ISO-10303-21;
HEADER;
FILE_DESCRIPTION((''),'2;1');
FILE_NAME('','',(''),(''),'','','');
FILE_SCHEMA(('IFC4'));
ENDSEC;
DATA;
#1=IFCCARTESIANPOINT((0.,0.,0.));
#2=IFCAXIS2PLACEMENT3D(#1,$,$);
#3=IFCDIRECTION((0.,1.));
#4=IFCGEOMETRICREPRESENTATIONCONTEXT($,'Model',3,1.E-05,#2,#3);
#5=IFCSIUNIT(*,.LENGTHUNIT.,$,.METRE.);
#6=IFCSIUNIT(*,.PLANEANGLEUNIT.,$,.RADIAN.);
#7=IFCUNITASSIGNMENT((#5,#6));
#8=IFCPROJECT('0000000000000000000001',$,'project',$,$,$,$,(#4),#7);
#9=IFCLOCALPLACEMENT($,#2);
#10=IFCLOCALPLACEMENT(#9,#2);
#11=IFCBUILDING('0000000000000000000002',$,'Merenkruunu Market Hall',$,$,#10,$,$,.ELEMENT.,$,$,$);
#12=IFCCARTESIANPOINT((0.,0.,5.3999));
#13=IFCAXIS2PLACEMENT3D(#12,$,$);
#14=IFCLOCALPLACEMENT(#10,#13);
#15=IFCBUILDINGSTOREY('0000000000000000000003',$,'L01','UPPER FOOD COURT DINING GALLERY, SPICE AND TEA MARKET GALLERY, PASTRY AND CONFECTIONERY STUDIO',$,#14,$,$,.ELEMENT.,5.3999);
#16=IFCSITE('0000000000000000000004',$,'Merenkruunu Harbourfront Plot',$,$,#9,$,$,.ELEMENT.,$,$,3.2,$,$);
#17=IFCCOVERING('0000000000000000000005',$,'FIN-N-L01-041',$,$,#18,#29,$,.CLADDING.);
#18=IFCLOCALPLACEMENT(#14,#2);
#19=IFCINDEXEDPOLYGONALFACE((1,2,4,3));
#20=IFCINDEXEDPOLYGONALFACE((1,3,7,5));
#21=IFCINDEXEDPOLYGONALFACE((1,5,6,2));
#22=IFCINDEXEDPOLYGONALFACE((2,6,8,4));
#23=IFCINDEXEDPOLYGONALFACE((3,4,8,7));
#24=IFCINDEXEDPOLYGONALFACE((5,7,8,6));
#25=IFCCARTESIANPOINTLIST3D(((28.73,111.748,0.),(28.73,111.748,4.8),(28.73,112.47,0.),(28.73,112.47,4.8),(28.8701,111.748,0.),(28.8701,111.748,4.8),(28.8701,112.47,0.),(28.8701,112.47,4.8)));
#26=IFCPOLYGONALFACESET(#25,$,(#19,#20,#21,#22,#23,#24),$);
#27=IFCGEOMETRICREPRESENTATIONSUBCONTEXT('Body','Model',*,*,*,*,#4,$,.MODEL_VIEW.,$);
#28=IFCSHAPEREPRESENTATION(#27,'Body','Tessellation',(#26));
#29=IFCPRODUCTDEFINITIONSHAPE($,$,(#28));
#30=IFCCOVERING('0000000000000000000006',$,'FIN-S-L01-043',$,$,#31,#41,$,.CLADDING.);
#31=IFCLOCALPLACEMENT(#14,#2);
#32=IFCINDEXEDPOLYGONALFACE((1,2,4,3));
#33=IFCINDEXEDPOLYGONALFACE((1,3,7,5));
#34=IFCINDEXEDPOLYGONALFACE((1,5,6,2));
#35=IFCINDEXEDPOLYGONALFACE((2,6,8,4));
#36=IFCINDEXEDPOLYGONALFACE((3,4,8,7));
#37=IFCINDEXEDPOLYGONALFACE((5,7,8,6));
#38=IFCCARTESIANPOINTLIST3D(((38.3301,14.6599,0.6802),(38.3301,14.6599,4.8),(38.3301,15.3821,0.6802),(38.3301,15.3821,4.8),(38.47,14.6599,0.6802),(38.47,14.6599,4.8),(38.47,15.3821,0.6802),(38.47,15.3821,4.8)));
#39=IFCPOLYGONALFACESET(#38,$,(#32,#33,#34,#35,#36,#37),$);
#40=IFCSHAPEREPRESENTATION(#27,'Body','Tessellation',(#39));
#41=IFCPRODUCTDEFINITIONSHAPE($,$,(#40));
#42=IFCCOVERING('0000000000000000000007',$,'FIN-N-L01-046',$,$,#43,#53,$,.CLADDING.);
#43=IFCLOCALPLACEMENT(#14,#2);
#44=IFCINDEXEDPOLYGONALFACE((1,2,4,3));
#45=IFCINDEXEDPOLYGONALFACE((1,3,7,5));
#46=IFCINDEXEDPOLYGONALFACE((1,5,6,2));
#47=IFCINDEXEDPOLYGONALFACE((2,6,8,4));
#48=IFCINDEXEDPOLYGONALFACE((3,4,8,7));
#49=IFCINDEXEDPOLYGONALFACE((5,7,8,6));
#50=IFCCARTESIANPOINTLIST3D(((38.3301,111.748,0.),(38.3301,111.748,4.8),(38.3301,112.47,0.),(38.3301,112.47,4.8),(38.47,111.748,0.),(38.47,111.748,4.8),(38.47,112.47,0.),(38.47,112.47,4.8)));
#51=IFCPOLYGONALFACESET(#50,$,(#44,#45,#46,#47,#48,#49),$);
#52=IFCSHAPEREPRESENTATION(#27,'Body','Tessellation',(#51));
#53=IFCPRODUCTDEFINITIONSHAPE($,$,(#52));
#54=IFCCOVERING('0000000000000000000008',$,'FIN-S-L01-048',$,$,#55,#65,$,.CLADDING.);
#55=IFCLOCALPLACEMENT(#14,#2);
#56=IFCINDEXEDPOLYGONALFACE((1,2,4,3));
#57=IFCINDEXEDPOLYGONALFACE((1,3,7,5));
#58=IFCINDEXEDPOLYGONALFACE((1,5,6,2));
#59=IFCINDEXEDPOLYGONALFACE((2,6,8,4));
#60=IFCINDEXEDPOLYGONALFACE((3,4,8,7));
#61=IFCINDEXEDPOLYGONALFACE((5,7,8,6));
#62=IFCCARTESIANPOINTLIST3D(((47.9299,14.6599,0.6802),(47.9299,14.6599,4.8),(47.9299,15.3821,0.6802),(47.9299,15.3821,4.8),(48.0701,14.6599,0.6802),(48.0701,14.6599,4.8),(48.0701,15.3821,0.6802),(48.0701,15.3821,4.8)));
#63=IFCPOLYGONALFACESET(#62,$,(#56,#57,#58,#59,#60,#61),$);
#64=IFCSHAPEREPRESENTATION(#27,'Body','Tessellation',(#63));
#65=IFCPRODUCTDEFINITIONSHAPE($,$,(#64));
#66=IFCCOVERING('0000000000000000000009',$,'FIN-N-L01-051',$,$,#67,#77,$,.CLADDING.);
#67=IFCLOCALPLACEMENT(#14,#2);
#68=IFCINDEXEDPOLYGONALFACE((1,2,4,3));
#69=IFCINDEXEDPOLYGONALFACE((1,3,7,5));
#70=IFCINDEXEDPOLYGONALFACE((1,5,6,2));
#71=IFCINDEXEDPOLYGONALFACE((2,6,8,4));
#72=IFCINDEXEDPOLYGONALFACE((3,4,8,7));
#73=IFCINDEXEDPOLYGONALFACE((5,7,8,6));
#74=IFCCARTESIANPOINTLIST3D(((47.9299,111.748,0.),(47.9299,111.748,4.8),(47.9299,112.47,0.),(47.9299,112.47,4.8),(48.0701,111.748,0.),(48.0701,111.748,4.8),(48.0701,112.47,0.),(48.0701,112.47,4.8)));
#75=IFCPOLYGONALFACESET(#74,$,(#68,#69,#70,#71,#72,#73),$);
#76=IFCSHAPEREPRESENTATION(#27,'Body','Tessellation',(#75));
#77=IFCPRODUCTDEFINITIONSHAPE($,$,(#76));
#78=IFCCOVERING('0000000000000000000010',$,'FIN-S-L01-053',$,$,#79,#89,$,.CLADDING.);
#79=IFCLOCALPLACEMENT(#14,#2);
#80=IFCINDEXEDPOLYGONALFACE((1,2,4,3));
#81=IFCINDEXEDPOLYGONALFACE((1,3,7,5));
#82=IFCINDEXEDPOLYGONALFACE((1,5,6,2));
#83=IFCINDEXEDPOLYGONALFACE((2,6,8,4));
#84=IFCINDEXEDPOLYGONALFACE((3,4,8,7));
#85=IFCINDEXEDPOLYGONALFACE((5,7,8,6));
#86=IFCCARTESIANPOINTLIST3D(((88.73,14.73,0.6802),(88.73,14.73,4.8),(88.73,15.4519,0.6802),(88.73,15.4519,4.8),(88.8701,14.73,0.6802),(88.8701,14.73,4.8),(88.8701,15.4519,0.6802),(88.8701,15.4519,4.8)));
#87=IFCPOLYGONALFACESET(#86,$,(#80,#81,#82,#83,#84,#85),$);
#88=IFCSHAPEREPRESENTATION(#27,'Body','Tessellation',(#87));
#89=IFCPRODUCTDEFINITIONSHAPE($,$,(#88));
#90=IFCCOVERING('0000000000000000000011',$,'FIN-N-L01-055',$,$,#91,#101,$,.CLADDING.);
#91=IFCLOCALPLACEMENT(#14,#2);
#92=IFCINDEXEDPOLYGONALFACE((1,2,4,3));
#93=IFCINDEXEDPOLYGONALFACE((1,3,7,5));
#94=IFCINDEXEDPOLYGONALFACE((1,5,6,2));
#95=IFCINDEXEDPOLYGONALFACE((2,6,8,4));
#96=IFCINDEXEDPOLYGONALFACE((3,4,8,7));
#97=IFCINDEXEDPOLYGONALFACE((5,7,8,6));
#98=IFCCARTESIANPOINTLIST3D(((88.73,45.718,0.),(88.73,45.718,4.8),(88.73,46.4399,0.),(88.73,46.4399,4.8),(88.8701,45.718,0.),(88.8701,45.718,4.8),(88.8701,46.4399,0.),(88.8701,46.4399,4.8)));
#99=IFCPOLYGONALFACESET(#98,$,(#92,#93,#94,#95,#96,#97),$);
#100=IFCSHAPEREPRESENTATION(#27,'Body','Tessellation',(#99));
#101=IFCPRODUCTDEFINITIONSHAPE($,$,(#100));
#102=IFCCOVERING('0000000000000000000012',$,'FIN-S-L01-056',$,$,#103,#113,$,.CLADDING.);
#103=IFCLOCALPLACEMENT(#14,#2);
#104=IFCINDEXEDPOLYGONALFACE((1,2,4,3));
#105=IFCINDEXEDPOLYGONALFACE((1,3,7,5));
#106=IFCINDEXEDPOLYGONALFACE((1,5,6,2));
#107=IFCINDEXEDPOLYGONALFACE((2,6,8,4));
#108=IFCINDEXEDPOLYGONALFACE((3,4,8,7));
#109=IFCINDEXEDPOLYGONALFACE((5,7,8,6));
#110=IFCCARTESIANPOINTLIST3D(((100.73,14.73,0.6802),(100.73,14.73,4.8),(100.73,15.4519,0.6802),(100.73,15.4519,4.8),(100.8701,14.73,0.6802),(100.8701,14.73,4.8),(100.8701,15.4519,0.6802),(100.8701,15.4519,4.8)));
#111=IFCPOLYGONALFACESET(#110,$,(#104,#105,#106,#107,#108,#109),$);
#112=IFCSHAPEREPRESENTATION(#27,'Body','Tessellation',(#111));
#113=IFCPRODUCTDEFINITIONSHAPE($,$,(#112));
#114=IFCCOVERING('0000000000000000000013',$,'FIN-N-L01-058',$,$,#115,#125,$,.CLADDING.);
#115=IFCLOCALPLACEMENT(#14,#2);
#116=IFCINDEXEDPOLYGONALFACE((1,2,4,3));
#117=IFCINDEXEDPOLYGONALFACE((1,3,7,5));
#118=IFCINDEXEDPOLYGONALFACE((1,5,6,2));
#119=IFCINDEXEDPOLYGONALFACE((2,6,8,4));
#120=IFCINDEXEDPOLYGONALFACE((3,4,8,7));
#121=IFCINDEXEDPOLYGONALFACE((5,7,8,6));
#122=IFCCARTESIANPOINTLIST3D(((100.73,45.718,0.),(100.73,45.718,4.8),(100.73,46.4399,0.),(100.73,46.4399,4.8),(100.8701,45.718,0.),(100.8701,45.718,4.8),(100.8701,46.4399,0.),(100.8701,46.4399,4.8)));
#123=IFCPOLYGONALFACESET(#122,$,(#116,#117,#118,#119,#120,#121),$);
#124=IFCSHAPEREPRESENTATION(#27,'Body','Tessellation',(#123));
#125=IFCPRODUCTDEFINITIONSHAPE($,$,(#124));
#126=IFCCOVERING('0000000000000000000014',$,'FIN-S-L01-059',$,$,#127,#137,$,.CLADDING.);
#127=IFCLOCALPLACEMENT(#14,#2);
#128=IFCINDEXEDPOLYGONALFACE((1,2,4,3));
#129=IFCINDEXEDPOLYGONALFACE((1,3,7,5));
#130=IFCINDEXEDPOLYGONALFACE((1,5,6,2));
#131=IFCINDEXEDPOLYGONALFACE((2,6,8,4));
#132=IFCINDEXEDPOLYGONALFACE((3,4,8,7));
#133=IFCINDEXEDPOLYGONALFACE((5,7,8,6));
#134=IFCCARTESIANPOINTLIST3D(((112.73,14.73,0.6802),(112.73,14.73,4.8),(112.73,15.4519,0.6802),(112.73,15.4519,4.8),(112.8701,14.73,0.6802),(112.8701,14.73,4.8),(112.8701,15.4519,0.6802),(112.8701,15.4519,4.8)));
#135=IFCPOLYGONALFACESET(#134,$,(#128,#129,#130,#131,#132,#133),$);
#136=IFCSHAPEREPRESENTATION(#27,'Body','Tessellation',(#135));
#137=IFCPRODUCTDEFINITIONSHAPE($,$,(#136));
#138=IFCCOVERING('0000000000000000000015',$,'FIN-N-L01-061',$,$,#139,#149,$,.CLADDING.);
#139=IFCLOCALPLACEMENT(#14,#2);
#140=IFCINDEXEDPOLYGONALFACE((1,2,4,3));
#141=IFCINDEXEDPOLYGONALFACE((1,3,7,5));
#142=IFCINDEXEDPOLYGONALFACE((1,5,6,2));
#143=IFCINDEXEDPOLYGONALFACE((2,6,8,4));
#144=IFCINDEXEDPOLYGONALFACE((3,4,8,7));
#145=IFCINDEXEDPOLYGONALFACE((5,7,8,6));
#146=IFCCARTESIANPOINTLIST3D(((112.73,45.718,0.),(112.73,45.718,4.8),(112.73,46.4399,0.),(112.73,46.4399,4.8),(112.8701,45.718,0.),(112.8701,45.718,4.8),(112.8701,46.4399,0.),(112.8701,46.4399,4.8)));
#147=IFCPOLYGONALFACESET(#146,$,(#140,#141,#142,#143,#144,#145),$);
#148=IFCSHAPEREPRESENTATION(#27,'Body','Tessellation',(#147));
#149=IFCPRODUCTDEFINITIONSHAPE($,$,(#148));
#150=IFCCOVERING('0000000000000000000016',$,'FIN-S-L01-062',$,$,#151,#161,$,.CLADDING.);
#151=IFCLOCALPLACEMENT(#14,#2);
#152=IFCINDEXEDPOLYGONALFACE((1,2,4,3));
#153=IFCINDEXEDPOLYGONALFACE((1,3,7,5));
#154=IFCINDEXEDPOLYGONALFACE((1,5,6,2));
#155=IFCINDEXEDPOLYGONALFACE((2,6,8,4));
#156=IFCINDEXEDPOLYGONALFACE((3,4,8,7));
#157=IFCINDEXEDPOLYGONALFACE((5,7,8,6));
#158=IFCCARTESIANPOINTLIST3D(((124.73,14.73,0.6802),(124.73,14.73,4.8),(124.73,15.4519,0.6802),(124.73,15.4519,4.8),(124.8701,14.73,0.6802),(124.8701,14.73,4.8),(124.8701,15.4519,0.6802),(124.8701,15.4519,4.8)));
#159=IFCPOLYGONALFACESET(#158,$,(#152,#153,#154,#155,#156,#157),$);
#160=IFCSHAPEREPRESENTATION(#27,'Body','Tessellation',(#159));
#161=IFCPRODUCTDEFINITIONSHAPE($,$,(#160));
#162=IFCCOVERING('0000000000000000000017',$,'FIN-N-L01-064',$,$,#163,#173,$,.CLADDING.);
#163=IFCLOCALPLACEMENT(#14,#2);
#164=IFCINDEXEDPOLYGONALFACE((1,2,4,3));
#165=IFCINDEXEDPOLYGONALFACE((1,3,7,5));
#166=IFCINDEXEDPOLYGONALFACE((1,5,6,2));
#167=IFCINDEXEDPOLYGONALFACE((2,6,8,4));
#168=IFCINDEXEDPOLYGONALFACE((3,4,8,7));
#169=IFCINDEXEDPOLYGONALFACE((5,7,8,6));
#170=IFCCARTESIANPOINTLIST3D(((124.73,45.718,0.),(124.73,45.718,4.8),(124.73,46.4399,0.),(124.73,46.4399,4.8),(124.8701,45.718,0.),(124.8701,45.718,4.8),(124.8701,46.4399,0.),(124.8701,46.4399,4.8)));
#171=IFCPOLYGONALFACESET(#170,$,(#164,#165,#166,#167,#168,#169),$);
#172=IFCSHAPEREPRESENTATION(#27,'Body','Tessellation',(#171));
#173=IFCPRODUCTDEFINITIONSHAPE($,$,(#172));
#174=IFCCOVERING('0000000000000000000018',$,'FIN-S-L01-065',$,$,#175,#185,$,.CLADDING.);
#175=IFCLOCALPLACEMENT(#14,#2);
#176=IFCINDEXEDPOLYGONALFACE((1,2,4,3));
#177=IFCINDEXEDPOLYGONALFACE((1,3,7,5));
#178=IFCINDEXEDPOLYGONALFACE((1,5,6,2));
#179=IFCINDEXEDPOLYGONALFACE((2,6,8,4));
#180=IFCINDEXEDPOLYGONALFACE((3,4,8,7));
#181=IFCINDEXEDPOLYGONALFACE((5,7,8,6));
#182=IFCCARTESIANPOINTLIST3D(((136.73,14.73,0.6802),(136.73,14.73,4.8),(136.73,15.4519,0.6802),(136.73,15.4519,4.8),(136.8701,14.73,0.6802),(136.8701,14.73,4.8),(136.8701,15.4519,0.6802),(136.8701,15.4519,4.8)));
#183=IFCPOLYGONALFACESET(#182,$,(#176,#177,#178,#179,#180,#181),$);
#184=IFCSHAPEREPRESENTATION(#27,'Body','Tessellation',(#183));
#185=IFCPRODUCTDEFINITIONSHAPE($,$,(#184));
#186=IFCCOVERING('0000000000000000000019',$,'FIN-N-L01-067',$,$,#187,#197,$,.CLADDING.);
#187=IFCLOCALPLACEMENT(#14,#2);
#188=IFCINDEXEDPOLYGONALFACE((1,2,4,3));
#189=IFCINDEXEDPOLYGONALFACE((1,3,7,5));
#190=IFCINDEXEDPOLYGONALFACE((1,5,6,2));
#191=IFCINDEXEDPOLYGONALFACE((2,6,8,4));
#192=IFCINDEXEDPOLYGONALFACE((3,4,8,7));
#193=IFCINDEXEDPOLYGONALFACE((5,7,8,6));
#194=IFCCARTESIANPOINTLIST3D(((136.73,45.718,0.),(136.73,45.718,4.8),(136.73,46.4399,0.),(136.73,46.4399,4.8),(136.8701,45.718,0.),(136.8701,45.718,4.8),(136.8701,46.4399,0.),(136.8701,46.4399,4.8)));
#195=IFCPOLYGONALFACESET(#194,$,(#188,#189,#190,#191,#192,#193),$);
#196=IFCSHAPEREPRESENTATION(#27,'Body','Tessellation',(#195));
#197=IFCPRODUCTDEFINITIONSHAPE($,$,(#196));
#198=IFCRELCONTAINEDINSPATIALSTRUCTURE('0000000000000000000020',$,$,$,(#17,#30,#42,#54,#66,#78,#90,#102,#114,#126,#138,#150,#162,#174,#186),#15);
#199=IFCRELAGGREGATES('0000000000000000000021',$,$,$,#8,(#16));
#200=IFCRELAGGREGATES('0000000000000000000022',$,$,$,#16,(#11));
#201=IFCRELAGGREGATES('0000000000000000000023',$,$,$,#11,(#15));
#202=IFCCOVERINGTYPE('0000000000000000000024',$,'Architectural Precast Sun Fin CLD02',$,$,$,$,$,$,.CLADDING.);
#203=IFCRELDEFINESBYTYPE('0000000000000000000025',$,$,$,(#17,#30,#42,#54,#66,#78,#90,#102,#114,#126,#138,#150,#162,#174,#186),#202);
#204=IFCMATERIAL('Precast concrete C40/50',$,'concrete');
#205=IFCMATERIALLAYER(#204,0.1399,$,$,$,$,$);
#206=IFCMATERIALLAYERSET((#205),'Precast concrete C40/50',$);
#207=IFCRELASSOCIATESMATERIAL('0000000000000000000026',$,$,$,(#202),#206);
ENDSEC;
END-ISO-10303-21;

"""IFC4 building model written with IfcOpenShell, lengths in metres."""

from ifc_helpers import new_model, si_unit, direction, frame, origin, place, context, subcontext, project, spatial, polyline, outline, extrude, material, layer, layer_set, type_object, element, save


model = new_model("IFC4")

# Units and contexts
model_context = context("Model", 3, precision=1e-05, world=origin(), true_north=direction((0.0, 1.0)))
body_context = subcontext(model_context, "Body", "Model", "MODEL_VIEW")
ifc_project = project(units=[si_unit("LENGTHUNIT", "METRE"), si_unit("PLANEANGLEUNIT", "RADIAN")], contexts=[model_context])

# Site, building, storey
site_placement = place(None, origin())
site = spatial("IfcSite", under=ifc_project, at=site_placement, Name="Merenkruunu Harbourfront Plot", CompositionType="ELEMENT", RefElevation=3.2)
building_placement = place(site_placement, origin())
building = spatial("IfcBuilding", under=site, at=building_placement, Name="Merenkruunu Market Hall", CompositionType="ELEMENT")
storey_placement = place(building_placement, frame((0.0, 0.0, 5.3999)))
storey = spatial("IfcBuildingStorey", under=building, at=storey_placement, Name="L01", Description="UPPER FOOD COURT DINING GALLERY, SPICE AND TEA MARKET GALLERY, PASTRY AND CONFECTIONERY STUDIO", CompositionType="ELEMENT", Elevation=5.3999)

# Coverings
ifc_material_1 = material(Name="Precast concrete C40/50", Category="concrete")
ifc_layer_1 = layer(ifc_material_1, 0.1399)
ifc_layer_set_1 = layer_set([ifc_layer_1], Name="Precast concrete C40/50")
covering_type_1 = type_object("IfcCoveringType", Name="Architectural Precast Sun Fin CLD02", PredefinedType="CLADDING", material=ifc_layer_set_1)
covering_1_placement = place(storey_placement, origin())
element("IfcCovering", 1, at=covering_1_placement, inside=storey, type_object=covering_type_1, Name="FIN-N-L01-041", PredefinedType="CLADDING", context=body_context, shape_type="SweptSolid", body=[
    extrude(outline(polyline([(28.73, 111.748), (28.8701, 111.748), (28.8701, 112.47), (28.73, 112.47), (28.73, 111.748)])), origin(), (0.0, 0.0, 1.0), 4.8),
])
covering_2_placement = place(storey_placement, frame((0.0, 0.0, 0.6802)))
element("IfcCovering", 2, at=covering_2_placement, inside=storey, type_object=covering_type_1, Name="FIN-S-L01-043", PredefinedType="CLADDING", context=body_context, shape_type="SweptSolid", body=[
    extrude(outline(polyline([(38.3301, 14.6599), (38.47, 14.6599), (38.47, 15.3821), (38.3301, 15.3821), (38.3301, 14.6599)])), origin(), (0.0, 0.0, 1.0), 4.1199),
])
covering_3_placement = place(storey_placement, origin())
element("IfcCovering", 3, at=covering_3_placement, inside=storey, type_object=covering_type_1, Name="FIN-N-L01-046", PredefinedType="CLADDING", context=body_context, shape_type="SweptSolid", body=[
    extrude(outline(polyline([(38.3301, 111.748), (38.47, 111.748), (38.47, 112.47), (38.3301, 112.47), (38.3301, 111.748)])), origin(), (0.0, 0.0, 1.0), 4.8),
])
covering_4_placement = place(storey_placement, frame((0.0, 0.0, 0.6802)))
element("IfcCovering", 4, at=covering_4_placement, inside=storey, type_object=covering_type_1, Name="FIN-S-L01-048", PredefinedType="CLADDING", context=body_context, shape_type="SweptSolid", body=[
    extrude(outline(polyline([(47.9299, 14.6599), (48.0701, 14.6599), (48.0701, 15.3821), (47.9299, 15.3821), (47.9299, 14.6599)])), origin(), (0.0, 0.0, 1.0), 4.1199),
])
covering_5_placement = place(storey_placement, origin())
element("IfcCovering", 5, at=covering_5_placement, inside=storey, type_object=covering_type_1, Name="FIN-N-L01-051", PredefinedType="CLADDING", context=body_context, shape_type="SweptSolid", body=[
    extrude(outline(polyline([(47.9299, 111.748), (48.0701, 111.748), (48.0701, 112.47), (47.9299, 112.47), (47.9299, 111.748)])), origin(), (0.0, 0.0, 1.0), 4.8),
])
covering_6_placement = place(storey_placement, frame((0.0, 0.0, 0.6802)))
element("IfcCovering", 6, at=covering_6_placement, inside=storey, type_object=covering_type_1, Name="FIN-S-L01-053", PredefinedType="CLADDING", context=body_context, shape_type="SweptSolid", body=[
    extrude(outline(polyline([(88.73, 14.73), (88.8701, 14.73), (88.8701, 15.4519), (88.73, 15.4519), (88.73, 14.73)])), origin(), (0.0, 0.0, 1.0), 4.1199),
])
covering_7_placement = place(storey_placement, origin())
element("IfcCovering", 7, at=covering_7_placement, inside=storey, type_object=covering_type_1, Name="FIN-N-L01-055", PredefinedType="CLADDING", context=body_context, shape_type="SweptSolid", body=[
    extrude(outline(polyline([(88.73, 45.718), (88.8701, 45.718), (88.8701, 46.4399), (88.73, 46.4399), (88.73, 45.718)])), origin(), (0.0, 0.0, 1.0), 4.8),
])
covering_8_placement = place(storey_placement, frame((0.0, 0.0, 0.6802)))
element("IfcCovering", 8, at=covering_8_placement, inside=storey, type_object=covering_type_1, Name="FIN-S-L01-056", PredefinedType="CLADDING", context=body_context, shape_type="SweptSolid", body=[
    extrude(outline(polyline([(100.73, 14.73), (100.8701, 14.73), (100.8701, 15.4519), (100.73, 15.4519), (100.73, 14.73)])), origin(), (0.0, 0.0, 1.0), 4.1199),
])
covering_9_placement = place(storey_placement, origin())
element("IfcCovering", 9, at=covering_9_placement, inside=storey, type_object=covering_type_1, Name="FIN-N-L01-058", PredefinedType="CLADDING", context=body_context, shape_type="SweptSolid", body=[
    extrude(outline(polyline([(100.73, 45.718), (100.8701, 45.718), (100.8701, 46.4399), (100.73, 46.4399), (100.73, 45.718)])), origin(), (0.0, 0.0, 1.0), 4.8),
])
covering_10_placement = place(storey_placement, frame((0.0, 0.0, 0.6802)))
element("IfcCovering", 10, at=covering_10_placement, inside=storey, type_object=covering_type_1, Name="FIN-S-L01-059", PredefinedType="CLADDING", context=body_context, shape_type="SweptSolid", body=[
    extrude(outline(polyline([(112.73, 14.73), (112.8701, 14.73), (112.8701, 15.4519), (112.73, 15.4519), (112.73, 14.73)])), origin(), (0.0, 0.0, 1.0), 4.1199),
])
covering_11_placement = place(storey_placement, origin())
element("IfcCovering", 11, at=covering_11_placement, inside=storey, type_object=covering_type_1, Name="FIN-N-L01-061", PredefinedType="CLADDING", context=body_context, shape_type="SweptSolid", body=[
    extrude(outline(polyline([(112.73, 45.718), (112.8701, 45.718), (112.8701, 46.4399), (112.73, 46.4399), (112.73, 45.718)])), origin(), (0.0, 0.0, 1.0), 4.8),
])
covering_12_placement = place(storey_placement, frame((0.0, 0.0, 0.6802)))
element("IfcCovering", 12, at=covering_12_placement, inside=storey, type_object=covering_type_1, Name="FIN-S-L01-062", PredefinedType="CLADDING", context=body_context, shape_type="SweptSolid", body=[
    extrude(outline(polyline([(124.73, 14.73), (124.8701, 14.73), (124.8701, 15.4519), (124.73, 15.4519), (124.73, 14.73)])), origin(), (0.0, 0.0, 1.0), 4.1199),
])
covering_13_placement = place(storey_placement, origin())
element("IfcCovering", 13, at=covering_13_placement, inside=storey, type_object=covering_type_1, Name="FIN-N-L01-064", PredefinedType="CLADDING", context=body_context, shape_type="SweptSolid", body=[
    extrude(outline(polyline([(124.73, 45.718), (124.8701, 45.718), (124.8701, 46.4399), (124.73, 46.4399), (124.73, 45.718)])), origin(), (0.0, 0.0, 1.0), 4.8),
])
covering_14_placement = place(storey_placement, frame((0.0, 0.0, 0.6802)))
element("IfcCovering", 14, at=covering_14_placement, inside=storey, type_object=covering_type_1, Name="FIN-S-L01-065", PredefinedType="CLADDING", context=body_context, shape_type="SweptSolid", body=[
    extrude(outline(polyline([(136.73, 14.73), (136.8701, 14.73), (136.8701, 15.4519), (136.73, 15.4519), (136.73, 14.73)])), origin(), (0.0, 0.0, 1.0), 4.1199),
])
covering_15_placement = place(storey_placement, origin())
element("IfcCovering", 15, at=covering_15_placement, inside=storey, type_object=covering_type_1, Name="FIN-N-L01-067", PredefinedType="CLADDING", context=body_context, shape_type="SweptSolid", body=[
    extrude(outline(polyline([(136.73, 45.718), (136.8701, 45.718), (136.8701, 46.4399), (136.73, 46.4399), (136.73, 45.718)])), origin(), (0.0, 0.0, 1.0), 4.8),
])

save(model, "model.ifc")
